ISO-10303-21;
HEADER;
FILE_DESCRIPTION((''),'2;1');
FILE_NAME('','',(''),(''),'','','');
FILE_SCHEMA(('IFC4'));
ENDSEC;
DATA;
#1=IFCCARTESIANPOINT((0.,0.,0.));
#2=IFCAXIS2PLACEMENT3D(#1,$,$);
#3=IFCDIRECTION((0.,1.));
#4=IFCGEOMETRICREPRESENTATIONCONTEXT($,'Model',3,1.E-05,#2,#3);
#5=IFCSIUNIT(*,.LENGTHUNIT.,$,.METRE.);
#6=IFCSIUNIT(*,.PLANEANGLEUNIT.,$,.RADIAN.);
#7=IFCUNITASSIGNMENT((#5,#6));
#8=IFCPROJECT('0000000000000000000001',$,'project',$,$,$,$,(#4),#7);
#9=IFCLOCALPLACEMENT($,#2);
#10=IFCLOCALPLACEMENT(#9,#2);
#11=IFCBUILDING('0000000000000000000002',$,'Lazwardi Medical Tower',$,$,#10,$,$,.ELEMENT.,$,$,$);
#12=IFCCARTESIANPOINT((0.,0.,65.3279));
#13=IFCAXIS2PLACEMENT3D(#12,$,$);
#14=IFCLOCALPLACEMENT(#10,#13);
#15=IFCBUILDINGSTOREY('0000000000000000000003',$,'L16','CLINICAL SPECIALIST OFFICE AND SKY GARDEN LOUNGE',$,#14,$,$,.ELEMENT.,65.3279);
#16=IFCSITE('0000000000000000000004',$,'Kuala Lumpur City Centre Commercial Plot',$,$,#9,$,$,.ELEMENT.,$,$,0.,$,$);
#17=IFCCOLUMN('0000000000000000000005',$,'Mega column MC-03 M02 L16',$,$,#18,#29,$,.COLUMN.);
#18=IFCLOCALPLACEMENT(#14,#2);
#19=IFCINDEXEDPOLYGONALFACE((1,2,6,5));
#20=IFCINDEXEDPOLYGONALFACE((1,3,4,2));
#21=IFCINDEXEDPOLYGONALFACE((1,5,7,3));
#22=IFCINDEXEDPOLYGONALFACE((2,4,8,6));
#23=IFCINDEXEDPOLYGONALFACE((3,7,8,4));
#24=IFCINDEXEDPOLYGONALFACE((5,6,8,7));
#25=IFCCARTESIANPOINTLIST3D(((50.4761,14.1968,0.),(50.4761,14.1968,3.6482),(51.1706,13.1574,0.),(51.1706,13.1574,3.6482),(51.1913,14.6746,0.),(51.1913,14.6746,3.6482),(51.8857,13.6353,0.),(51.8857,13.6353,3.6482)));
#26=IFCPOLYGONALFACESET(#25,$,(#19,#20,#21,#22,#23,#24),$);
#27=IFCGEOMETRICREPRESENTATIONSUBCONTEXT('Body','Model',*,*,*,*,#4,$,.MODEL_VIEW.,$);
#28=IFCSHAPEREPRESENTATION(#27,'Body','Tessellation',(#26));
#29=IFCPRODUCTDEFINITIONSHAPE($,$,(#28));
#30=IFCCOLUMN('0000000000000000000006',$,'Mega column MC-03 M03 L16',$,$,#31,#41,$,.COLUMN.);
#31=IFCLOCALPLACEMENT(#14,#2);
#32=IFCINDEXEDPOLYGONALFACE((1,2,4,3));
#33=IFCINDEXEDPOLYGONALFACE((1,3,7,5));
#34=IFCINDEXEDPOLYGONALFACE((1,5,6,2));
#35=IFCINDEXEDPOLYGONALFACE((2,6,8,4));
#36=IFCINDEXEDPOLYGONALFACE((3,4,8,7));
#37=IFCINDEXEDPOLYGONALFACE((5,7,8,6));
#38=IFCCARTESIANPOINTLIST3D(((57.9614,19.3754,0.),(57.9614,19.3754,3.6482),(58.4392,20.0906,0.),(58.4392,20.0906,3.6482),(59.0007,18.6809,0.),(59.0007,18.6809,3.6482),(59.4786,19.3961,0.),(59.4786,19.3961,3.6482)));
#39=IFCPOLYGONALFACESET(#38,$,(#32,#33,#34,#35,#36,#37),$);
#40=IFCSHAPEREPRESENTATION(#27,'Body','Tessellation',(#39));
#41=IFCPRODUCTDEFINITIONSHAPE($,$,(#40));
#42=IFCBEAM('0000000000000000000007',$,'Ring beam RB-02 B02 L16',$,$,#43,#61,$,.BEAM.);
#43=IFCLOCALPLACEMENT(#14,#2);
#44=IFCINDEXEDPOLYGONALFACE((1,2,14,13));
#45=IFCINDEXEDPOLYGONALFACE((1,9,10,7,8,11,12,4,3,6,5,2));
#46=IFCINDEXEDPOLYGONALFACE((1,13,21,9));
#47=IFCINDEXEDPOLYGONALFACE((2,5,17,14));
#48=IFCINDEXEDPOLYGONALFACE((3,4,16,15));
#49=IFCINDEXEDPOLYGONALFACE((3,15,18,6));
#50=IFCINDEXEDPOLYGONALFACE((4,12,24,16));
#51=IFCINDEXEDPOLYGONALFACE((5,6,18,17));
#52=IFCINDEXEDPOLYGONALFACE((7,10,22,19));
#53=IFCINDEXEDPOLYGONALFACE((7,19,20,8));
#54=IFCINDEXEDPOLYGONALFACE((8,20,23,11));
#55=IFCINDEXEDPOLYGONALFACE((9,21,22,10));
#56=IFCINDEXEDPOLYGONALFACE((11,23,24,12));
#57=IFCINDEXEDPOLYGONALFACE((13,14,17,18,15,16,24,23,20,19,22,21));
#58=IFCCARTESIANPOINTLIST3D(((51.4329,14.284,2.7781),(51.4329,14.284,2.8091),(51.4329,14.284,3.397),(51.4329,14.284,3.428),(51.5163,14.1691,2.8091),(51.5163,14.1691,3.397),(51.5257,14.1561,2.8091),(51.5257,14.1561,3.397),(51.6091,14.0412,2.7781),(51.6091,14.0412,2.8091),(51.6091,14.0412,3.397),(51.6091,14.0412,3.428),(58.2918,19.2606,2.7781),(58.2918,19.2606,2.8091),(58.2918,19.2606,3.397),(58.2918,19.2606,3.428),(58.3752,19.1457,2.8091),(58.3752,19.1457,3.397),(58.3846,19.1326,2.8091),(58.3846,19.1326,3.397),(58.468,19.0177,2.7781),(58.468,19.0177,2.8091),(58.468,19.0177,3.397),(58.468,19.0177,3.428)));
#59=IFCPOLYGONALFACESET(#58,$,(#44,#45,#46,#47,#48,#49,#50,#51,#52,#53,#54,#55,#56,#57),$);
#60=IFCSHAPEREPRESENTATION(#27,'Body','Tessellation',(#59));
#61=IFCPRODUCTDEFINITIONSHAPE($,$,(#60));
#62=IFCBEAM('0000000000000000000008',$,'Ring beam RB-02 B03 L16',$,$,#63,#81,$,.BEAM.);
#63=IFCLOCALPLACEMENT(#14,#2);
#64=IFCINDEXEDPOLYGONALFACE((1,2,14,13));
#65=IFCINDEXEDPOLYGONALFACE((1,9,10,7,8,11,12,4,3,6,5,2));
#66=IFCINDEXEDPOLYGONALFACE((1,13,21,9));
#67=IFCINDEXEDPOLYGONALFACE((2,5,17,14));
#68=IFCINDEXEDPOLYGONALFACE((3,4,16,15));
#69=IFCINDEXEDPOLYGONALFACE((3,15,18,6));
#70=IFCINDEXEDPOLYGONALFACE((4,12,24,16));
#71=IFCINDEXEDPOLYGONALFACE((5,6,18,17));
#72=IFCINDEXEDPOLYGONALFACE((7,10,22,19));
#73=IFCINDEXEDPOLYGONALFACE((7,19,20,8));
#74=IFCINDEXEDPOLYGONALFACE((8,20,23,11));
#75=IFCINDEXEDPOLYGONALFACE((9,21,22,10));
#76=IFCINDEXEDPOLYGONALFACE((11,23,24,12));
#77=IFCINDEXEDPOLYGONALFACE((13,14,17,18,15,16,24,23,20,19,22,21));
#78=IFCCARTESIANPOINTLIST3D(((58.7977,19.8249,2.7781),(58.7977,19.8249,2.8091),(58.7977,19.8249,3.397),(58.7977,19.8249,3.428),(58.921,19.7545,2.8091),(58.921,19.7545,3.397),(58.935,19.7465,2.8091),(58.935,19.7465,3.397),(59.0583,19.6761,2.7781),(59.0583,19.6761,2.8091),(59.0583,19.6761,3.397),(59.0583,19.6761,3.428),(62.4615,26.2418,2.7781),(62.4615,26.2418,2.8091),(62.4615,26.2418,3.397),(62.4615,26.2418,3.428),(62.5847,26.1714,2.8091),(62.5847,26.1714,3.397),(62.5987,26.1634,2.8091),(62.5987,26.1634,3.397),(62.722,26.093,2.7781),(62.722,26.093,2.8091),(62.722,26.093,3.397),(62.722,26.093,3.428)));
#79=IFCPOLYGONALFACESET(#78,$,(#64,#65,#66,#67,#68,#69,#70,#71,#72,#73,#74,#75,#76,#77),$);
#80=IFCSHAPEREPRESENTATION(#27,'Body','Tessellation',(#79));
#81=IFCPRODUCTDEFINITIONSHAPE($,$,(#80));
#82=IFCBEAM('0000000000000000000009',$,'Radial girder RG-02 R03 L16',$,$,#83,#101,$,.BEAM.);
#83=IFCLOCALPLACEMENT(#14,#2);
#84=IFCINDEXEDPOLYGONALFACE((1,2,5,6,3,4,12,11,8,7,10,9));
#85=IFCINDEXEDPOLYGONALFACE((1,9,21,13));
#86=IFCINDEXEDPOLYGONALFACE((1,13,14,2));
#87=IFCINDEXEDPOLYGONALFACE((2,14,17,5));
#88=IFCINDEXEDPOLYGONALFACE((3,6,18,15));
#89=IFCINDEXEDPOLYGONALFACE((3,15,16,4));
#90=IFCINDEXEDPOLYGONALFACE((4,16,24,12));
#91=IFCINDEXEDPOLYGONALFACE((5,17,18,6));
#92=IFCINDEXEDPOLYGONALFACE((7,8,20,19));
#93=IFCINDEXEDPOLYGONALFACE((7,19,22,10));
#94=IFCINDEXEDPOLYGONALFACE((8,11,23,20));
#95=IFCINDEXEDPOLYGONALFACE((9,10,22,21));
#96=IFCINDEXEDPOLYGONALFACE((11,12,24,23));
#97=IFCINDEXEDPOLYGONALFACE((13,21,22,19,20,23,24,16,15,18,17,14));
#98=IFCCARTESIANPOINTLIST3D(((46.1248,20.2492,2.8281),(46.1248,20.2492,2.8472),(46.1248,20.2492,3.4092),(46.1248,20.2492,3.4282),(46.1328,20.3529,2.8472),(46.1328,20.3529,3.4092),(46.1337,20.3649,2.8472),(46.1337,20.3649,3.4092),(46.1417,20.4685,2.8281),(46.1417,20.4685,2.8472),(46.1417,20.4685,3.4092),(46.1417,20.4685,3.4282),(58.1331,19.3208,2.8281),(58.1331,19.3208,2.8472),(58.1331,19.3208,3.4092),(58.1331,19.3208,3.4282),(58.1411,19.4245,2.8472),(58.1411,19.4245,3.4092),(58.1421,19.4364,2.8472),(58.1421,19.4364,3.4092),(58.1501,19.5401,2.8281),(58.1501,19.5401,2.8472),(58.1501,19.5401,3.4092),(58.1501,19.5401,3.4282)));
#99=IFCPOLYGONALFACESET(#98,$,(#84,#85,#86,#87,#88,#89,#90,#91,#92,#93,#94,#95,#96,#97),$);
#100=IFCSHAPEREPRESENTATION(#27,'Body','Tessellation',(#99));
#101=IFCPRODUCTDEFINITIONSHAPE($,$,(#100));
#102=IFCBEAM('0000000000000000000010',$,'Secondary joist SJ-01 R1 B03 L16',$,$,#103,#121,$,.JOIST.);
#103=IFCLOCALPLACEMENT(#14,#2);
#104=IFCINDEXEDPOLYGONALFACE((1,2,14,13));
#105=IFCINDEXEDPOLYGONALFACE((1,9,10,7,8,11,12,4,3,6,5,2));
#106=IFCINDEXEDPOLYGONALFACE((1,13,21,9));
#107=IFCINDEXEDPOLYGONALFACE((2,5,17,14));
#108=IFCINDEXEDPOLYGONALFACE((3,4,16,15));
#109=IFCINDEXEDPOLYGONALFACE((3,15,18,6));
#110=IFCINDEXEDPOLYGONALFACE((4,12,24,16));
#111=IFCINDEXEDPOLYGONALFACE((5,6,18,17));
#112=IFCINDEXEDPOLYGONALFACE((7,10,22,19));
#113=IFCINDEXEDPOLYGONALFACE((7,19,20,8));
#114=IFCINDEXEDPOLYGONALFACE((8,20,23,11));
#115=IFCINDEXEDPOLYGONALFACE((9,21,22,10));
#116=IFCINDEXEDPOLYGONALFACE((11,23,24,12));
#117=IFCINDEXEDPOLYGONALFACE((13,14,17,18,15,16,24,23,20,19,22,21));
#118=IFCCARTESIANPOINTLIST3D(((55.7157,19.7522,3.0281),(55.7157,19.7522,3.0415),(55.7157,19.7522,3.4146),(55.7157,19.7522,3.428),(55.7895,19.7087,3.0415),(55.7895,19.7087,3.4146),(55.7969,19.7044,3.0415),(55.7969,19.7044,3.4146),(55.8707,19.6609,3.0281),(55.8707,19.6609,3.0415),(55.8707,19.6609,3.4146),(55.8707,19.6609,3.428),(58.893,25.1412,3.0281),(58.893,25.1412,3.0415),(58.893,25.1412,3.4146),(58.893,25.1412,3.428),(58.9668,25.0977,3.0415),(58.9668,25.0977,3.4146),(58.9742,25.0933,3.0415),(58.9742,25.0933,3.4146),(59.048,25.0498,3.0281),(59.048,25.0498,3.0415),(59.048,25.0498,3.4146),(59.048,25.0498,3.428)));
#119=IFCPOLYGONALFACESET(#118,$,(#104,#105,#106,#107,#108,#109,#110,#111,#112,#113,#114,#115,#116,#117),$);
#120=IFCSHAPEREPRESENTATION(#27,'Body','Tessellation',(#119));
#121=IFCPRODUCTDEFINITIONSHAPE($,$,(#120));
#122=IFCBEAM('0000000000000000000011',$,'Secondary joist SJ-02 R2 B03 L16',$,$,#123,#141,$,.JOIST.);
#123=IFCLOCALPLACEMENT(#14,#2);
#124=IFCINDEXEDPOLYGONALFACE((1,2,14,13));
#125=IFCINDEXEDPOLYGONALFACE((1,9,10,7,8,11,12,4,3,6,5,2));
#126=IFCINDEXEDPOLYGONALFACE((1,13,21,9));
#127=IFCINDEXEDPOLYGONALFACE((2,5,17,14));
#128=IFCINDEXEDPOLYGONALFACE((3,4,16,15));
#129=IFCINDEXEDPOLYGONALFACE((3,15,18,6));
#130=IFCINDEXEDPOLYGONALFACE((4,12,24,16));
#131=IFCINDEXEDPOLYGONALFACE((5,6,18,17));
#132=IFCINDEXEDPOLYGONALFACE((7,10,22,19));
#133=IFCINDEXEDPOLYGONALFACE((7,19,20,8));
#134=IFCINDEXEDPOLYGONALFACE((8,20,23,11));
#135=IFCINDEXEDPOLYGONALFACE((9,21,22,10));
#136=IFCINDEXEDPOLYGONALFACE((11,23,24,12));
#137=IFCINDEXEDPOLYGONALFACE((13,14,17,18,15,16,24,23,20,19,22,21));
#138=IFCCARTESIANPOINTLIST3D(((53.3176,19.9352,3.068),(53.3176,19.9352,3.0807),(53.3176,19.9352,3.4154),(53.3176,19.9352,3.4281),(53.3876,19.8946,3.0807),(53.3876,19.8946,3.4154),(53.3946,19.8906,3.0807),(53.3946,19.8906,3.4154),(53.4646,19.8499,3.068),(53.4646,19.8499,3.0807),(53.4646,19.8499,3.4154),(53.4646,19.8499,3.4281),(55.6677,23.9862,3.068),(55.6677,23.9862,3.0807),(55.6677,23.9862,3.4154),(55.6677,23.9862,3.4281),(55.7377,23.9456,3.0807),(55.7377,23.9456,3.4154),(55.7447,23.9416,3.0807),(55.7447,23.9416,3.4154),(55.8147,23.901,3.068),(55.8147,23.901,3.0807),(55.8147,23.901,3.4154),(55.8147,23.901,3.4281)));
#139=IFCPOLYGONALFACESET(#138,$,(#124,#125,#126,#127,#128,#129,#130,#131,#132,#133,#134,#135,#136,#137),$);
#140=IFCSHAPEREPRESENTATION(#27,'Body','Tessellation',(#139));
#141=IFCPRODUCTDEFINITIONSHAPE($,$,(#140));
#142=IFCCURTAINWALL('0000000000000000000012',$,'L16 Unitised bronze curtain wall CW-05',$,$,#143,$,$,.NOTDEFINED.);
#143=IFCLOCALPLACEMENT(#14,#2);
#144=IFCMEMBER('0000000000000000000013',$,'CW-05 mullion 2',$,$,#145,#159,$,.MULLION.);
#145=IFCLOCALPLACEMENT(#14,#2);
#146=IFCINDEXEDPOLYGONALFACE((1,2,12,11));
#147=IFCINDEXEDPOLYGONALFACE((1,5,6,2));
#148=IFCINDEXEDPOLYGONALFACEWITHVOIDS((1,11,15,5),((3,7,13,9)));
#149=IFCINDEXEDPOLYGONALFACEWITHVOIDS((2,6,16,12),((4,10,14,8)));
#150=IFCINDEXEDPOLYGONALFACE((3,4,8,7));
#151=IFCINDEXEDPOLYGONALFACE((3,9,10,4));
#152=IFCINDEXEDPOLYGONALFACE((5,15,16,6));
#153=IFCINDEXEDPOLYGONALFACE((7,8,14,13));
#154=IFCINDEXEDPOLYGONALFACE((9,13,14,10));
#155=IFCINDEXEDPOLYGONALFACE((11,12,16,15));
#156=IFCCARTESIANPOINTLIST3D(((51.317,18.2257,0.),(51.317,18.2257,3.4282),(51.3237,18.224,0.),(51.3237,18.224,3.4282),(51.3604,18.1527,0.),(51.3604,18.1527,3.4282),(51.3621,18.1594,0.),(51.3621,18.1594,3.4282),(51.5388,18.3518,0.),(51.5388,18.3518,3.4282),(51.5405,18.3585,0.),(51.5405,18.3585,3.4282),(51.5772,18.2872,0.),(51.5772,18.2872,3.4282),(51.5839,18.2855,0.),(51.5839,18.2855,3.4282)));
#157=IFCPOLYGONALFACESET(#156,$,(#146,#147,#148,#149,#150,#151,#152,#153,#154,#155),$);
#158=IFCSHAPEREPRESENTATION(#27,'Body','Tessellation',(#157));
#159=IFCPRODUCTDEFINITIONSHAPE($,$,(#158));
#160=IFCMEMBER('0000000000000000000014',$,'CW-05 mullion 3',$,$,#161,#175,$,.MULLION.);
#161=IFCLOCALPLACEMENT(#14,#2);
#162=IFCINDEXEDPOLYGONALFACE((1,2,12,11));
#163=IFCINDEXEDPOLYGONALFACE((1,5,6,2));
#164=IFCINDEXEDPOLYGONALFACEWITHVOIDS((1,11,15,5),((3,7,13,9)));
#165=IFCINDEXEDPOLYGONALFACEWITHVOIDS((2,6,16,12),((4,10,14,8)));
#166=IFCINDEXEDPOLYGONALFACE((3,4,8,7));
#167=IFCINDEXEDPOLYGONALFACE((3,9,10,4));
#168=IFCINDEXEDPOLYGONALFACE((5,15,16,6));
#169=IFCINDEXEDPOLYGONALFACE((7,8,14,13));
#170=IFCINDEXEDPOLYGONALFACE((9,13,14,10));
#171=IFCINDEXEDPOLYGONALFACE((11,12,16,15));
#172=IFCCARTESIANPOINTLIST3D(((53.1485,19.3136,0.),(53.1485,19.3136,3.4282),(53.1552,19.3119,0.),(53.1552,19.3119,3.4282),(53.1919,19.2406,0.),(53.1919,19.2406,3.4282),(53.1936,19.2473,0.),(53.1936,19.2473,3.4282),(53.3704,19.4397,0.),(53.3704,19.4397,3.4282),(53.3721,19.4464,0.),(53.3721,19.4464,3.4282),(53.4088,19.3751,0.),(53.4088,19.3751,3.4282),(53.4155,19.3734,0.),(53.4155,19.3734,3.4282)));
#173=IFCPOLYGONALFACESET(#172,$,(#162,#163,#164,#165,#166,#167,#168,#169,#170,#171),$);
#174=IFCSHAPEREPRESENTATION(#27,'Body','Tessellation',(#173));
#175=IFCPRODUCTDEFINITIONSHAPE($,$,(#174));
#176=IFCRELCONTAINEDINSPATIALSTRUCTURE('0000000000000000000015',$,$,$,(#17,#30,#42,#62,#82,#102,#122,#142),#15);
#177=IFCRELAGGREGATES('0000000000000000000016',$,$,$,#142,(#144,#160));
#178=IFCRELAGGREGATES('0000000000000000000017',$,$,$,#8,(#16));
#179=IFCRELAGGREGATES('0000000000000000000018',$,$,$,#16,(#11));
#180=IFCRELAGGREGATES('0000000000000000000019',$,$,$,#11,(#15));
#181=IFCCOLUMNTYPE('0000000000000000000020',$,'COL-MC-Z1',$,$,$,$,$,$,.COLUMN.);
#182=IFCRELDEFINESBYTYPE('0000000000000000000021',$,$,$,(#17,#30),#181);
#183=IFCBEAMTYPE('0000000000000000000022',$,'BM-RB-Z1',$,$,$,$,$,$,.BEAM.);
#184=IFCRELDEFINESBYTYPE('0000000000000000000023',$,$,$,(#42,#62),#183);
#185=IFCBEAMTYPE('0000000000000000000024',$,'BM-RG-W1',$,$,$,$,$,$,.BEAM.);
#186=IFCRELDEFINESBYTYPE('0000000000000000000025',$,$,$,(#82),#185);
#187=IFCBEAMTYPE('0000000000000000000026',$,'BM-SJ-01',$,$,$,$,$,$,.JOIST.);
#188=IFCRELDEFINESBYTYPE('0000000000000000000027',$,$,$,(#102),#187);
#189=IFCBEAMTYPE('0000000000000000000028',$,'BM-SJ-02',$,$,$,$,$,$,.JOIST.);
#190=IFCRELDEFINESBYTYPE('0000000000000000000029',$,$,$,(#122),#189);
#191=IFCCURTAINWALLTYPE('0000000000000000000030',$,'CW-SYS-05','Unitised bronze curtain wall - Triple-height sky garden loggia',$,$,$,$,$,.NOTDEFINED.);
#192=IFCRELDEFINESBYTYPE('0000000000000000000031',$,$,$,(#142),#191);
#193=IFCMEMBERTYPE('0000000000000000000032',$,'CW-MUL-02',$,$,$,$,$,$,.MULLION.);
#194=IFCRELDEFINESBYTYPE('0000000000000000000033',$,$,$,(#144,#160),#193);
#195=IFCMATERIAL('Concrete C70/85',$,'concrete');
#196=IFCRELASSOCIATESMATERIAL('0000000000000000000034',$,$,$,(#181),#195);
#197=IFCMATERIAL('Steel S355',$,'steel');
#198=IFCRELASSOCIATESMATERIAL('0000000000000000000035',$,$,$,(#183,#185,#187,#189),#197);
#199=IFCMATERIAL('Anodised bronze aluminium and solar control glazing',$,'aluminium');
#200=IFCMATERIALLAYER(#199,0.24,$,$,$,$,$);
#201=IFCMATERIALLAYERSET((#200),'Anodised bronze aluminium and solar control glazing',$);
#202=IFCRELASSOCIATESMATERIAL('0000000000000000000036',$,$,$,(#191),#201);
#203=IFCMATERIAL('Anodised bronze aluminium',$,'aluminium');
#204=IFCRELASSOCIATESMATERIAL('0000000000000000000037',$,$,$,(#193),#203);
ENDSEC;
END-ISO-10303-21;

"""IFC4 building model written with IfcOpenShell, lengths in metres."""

from ifc_helpers import new_model, si_unit, direction, frame, origin, origin_2d, place, context, subcontext, project, spatial, rectangle, hollow_rectangle, i_section, extrude, material, layer, layer_set, material_profile, profile_set, type_object, element, aggregate, save


model = new_model("IFC4")

# Units and contexts
model_context = context("Model", 3, precision=1e-05, world=origin(), true_north=direction((0.0, 1.0)))
body_context = subcontext(model_context, "Body", "Model", "MODEL_VIEW")
ifc_project = project(units=[si_unit("LENGTHUNIT", "METRE"), si_unit("PLANEANGLEUNIT", "RADIAN")], contexts=[model_context])

# Site, building, storey
site_placement = place(None, origin())
site = spatial("IfcSite", under=ifc_project, at=site_placement, Name="Kuala Lumpur City Centre Commercial Plot", CompositionType="ELEMENT", RefElevation=0.0)
building_placement = place(site_placement, origin())
building = spatial("IfcBuilding", under=site, at=building_placement, Name="Lazwardi Medical Tower", CompositionType="ELEMENT")
storey_placement = place(building_placement, frame((0.0, 0.0, 65.3279)))
storey = spatial("IfcBuildingStorey", under=building, at=storey_placement, Name="L16", Description="CLINICAL SPECIALIST OFFICE AND SKY GARDEN LOUNGE", CompositionType="ELEMENT", Elevation=65.3279)

# Columns
ifc_material_1 = material(Name="Concrete C70/85", Category="concrete")
ifc_material_profile_1 = material_profile(ifc_material_1, rectangle(XDim=1.25, YDim=0.8601, at=origin_2d()), Name="CFT-RECT 1250x860")
ifc_profile_set_1 = profile_set([ifc_material_profile_1], Name="Concrete C70/85")
column_type = type_object("IfcColumnType", Name="COL-MC-Z1", PredefinedType="COLUMN", material=ifc_profile_set_1)
for number, where, z_axis, x_axis, name in (
    (1, (51.1809, 13.916, 0.0), (0.0, 0.0, 1.0), (0.55557, -0.83147, 0.0), "Mega column MC-03 M02 L16"),
    (2, (58.72, 19.3857, 0.0), (0.0, 0.0, 1.0), (0.83147, -0.55557, 0.0), "Mega column MC-03 M03 L16"),
):
    element("IfcColumn", number, at=place(storey_placement, frame(where, z_axis=z_axis, x_axis=x_axis)), inside=storey, type_object=column_type, Name=name, PredefinedType="COLUMN", context=body_context, shape_type="SweptSolid", body=[
        extrude(rectangle(XDim=1.25, YDim=0.8601, at=origin_2d()), origin(), (0.0, 0.0, 1.0), 3.6482),
    ])

# Beams
ifc_material_2 = material(Name="Steel S355", Category="steel")
ifc_material_profile_2 = material_profile(ifc_material_2, i_section(OverallWidth=0.3, OverallDepth=0.6499, WebThickness=0.0161, FlangeThickness=0.031, at=origin_2d()), Name="HEB 650")
ifc_profile_set_2 = profile_set([ifc_material_profile_2], Name="Steel S355")
beam_type_1 = type_object("IfcBeamType", Name="BM-RB-Z1", PredefinedType="BEAM", material=ifc_profile_set_2)
beam_1_placement = place(storey_placement, frame((51.521, 14.1626, 3.103), z_axis=(0.809393, 0.587267, 0.0), x_axis=(-0.587267, 0.809393, 0.0)))
element("IfcBeam", 3, at=beam_1_placement, inside=storey, type_object=beam_type_1, Name="Ring beam RB-02 B02 L16", PredefinedType="BEAM", context=body_context, shape_type="SweptSolid", body=[
    extrude(i_section(OverallWidth=0.3, OverallDepth=0.6499, WebThickness=0.0161, FlangeThickness=0.031, at=origin_2d()), origin(), (0.0, 0.0, 1.0), 8.4741),
])
beam_2_placement = place(storey_placement, frame((58.928, 19.7505, 3.103), z_axis=(0.495829, 0.86842, 0.0), x_axis=(-0.86842, 0.495829, 0.0)))
element("IfcBeam", 4, at=beam_2_placement, inside=storey, type_object=beam_type_1, Name="Ring beam RB-02 B03 L16", PredefinedType="BEAM", context=body_context, shape_type="SweptSolid", body=[
    extrude(i_section(OverallWidth=0.3, OverallDepth=0.6499, WebThickness=0.0161, FlangeThickness=0.031, at=origin_2d()), origin(), (0.0, 0.0, 1.0), 7.3892),
])
ifc_material_profile_3 = material_profile(ifc_material_2, i_section(OverallWidth=0.22, OverallDepth=0.6001, WebThickness=0.012, FlangeThickness=0.019, at=origin_2d()), Name="IPE 600")
ifc_profile_set_3 = profile_set([ifc_material_profile_3], Name="Steel S355")
beam_type_2 = type_object("IfcBeamType", Name="BM-RG-W1", PredefinedType="BEAM", material=ifc_profile_set_3)
beam_3_placement = place(storey_placement, frame((58.1416, 19.4304, 3.1282), z_axis=(-0.997024, 0.077089, 0.0), x_axis=(-0.077089, -0.997024, 0.0)))
element("IfcBeam", 5, at=beam_3_placement, inside=storey, type_object=beam_type_2, Name="Radial girder RG-02 R03 L16", PredefinedType="BEAM", context=body_context, shape_type="SweptSolid", body=[
    extrude(i_section(OverallWidth=0.22, OverallDepth=0.6001, WebThickness=0.012, FlangeThickness=0.019, at=origin_2d()), origin(), (0.0, 0.0, 1.0), 12.0442),
])
ifc_material_profile_4 = material_profile(ifc_material_2, i_section(OverallWidth=0.1799, OverallDepth=0.3999, WebThickness=0.0085, FlangeThickness=0.0134, at=origin_2d()), Name="IPE 400")
ifc_profile_set_4 = profile_set([ifc_material_profile_4], Name="Steel S355")
beam_type_3 = type_object("IfcBeamType", Name="BM-SJ-01", PredefinedType="JOIST", material=ifc_profile_set_4)
beam_4_placement = place(storey_placement, frame((55.7932, 19.7065, 3.228), z_axis=(0.507886, 0.861424, 0.0), x_axis=(-0.861424, 0.507886, 0.0)))
element("IfcBeam", 6, at=beam_4_placement, inside=storey, type_object=beam_type_3, Name="Secondary joist SJ-01 R1 B03 L16", PredefinedType="JOIST", context=body_context, shape_type="SweptSolid", body=[
    extrude(i_section(OverallWidth=0.1799, OverallDepth=0.3999, WebThickness=0.0085, FlangeThickness=0.0134, at=origin_2d()), origin(), (0.0, 0.0, 1.0), 6.2559),
])
ifc_material_profile_5 = material_profile(ifc_material_2, i_section(OverallWidth=0.1699, OverallDepth=0.3601, WebThickness=0.0081, FlangeThickness=0.0127, at=origin_2d()), Name="IPE 360")
ifc_profile_set_5 = profile_set([ifc_material_profile_5], Name="Steel S355")
beam_type_4 = type_object("IfcBeamType", Name="BM-SJ-02", PredefinedType="JOIST", material=ifc_profile_set_5)
beam_5_placement = place(storey_placement, frame((53.3911, 19.8926, 3.248), z_axis=(0.501798, 0.864985, 0.0), x_axis=(-0.864985, 0.501798, 0.0)))
element("IfcBeam", 7, at=beam_5_placement, inside=storey, type_object=beam_type_4, Name="Secondary joist SJ-02 R2 B03 L16", PredefinedType="JOIST", context=body_context, shape_type="SweptSolid", body=[
    extrude(i_section(OverallWidth=0.1699, OverallDepth=0.3601, WebThickness=0.0081, FlangeThickness=0.0127, at=origin_2d()), origin(), (0.0, 0.0, 1.0), 4.6833),
])

# Curtain wall, members
ifc_material_3 = material(Name="Anodised bronze aluminium and solar control glazing", Category="aluminium")
ifc_layer_1 = layer(ifc_material_3, 0.24)
ifc_layer_set_1 = layer_set([ifc_layer_1], Name="Anodised bronze aluminium and solar control glazing")
curtain_wall_type = type_object("IfcCurtainWallType", Name="CW-SYS-05", Description="Unitised bronze curtain wall - Triple-height sky garden loggia", PredefinedType="NOTDEFINED", material=ifc_layer_set_1)
curtain_wall_1_placement = place(storey_placement, origin())
curtain_wall_1 = element("IfcCurtainWall", 8, at=curtain_wall_1_placement, inside=storey, type_object=curtain_wall_type, Name="L16 Unitised bronze curtain wall CW-05", PredefinedType="NOTDEFINED")
ifc_material_4 = material(Name="Anodised bronze aluminium", Category="aluminium")
ifc_material_profile_6 = material_profile(ifc_material_4, hollow_rectangle(XDim=0.085, YDim=0.26, WallThickness=0.0049, at=origin_2d()), Name="ALU-MULLION 260x85x5")
ifc_profile_set_6 = profile_set([ifc_material_profile_6], Name="Anodised bronze aluminium")
member_type_1 = type_object("IfcMemberType", Name="CW-MUL-02", PredefinedType="MULLION", material=ifc_profile_set_6)
member_1_placement = place(storey_placement, frame((51.4504, 18.2556, 0.0), z_axis=(0.0, 0.0, 1.0), x_axis=(-0.51068, 0.859771, 0.0)))
member_1 = element("IfcMember", 9, at=member_1_placement, type_object=member_type_1, Name="CW-05 mullion 2", PredefinedType="MULLION", context=body_context, shape_type="SweptSolid", body=[
    extrude(hollow_rectangle(XDim=0.085, YDim=0.26, WallThickness=0.0049, at=origin_2d()), origin(), (0.0, 0.0, 1.0), 3.4282),
])
member_2_placement = place(storey_placement, frame((53.282, 19.3435, 0.0), z_axis=(0.0, 0.0, 1.0), x_axis=(-0.51068, 0.859771, 0.0)))
member_2 = element("IfcMember", 10, at=member_2_placement, type_object=member_type_1, Name="CW-05 mullion 3", PredefinedType="MULLION", context=body_context, shape_type="SweptSolid", body=[
    extrude(hollow_rectangle(XDim=0.085, YDim=0.26, WallThickness=0.0049, at=origin_2d()), origin(), (0.0, 0.0, 1.0), 3.4282),
])

aggregate(curtain_wall_1, [member_1, member_2])

save(model, "model.ifc")
